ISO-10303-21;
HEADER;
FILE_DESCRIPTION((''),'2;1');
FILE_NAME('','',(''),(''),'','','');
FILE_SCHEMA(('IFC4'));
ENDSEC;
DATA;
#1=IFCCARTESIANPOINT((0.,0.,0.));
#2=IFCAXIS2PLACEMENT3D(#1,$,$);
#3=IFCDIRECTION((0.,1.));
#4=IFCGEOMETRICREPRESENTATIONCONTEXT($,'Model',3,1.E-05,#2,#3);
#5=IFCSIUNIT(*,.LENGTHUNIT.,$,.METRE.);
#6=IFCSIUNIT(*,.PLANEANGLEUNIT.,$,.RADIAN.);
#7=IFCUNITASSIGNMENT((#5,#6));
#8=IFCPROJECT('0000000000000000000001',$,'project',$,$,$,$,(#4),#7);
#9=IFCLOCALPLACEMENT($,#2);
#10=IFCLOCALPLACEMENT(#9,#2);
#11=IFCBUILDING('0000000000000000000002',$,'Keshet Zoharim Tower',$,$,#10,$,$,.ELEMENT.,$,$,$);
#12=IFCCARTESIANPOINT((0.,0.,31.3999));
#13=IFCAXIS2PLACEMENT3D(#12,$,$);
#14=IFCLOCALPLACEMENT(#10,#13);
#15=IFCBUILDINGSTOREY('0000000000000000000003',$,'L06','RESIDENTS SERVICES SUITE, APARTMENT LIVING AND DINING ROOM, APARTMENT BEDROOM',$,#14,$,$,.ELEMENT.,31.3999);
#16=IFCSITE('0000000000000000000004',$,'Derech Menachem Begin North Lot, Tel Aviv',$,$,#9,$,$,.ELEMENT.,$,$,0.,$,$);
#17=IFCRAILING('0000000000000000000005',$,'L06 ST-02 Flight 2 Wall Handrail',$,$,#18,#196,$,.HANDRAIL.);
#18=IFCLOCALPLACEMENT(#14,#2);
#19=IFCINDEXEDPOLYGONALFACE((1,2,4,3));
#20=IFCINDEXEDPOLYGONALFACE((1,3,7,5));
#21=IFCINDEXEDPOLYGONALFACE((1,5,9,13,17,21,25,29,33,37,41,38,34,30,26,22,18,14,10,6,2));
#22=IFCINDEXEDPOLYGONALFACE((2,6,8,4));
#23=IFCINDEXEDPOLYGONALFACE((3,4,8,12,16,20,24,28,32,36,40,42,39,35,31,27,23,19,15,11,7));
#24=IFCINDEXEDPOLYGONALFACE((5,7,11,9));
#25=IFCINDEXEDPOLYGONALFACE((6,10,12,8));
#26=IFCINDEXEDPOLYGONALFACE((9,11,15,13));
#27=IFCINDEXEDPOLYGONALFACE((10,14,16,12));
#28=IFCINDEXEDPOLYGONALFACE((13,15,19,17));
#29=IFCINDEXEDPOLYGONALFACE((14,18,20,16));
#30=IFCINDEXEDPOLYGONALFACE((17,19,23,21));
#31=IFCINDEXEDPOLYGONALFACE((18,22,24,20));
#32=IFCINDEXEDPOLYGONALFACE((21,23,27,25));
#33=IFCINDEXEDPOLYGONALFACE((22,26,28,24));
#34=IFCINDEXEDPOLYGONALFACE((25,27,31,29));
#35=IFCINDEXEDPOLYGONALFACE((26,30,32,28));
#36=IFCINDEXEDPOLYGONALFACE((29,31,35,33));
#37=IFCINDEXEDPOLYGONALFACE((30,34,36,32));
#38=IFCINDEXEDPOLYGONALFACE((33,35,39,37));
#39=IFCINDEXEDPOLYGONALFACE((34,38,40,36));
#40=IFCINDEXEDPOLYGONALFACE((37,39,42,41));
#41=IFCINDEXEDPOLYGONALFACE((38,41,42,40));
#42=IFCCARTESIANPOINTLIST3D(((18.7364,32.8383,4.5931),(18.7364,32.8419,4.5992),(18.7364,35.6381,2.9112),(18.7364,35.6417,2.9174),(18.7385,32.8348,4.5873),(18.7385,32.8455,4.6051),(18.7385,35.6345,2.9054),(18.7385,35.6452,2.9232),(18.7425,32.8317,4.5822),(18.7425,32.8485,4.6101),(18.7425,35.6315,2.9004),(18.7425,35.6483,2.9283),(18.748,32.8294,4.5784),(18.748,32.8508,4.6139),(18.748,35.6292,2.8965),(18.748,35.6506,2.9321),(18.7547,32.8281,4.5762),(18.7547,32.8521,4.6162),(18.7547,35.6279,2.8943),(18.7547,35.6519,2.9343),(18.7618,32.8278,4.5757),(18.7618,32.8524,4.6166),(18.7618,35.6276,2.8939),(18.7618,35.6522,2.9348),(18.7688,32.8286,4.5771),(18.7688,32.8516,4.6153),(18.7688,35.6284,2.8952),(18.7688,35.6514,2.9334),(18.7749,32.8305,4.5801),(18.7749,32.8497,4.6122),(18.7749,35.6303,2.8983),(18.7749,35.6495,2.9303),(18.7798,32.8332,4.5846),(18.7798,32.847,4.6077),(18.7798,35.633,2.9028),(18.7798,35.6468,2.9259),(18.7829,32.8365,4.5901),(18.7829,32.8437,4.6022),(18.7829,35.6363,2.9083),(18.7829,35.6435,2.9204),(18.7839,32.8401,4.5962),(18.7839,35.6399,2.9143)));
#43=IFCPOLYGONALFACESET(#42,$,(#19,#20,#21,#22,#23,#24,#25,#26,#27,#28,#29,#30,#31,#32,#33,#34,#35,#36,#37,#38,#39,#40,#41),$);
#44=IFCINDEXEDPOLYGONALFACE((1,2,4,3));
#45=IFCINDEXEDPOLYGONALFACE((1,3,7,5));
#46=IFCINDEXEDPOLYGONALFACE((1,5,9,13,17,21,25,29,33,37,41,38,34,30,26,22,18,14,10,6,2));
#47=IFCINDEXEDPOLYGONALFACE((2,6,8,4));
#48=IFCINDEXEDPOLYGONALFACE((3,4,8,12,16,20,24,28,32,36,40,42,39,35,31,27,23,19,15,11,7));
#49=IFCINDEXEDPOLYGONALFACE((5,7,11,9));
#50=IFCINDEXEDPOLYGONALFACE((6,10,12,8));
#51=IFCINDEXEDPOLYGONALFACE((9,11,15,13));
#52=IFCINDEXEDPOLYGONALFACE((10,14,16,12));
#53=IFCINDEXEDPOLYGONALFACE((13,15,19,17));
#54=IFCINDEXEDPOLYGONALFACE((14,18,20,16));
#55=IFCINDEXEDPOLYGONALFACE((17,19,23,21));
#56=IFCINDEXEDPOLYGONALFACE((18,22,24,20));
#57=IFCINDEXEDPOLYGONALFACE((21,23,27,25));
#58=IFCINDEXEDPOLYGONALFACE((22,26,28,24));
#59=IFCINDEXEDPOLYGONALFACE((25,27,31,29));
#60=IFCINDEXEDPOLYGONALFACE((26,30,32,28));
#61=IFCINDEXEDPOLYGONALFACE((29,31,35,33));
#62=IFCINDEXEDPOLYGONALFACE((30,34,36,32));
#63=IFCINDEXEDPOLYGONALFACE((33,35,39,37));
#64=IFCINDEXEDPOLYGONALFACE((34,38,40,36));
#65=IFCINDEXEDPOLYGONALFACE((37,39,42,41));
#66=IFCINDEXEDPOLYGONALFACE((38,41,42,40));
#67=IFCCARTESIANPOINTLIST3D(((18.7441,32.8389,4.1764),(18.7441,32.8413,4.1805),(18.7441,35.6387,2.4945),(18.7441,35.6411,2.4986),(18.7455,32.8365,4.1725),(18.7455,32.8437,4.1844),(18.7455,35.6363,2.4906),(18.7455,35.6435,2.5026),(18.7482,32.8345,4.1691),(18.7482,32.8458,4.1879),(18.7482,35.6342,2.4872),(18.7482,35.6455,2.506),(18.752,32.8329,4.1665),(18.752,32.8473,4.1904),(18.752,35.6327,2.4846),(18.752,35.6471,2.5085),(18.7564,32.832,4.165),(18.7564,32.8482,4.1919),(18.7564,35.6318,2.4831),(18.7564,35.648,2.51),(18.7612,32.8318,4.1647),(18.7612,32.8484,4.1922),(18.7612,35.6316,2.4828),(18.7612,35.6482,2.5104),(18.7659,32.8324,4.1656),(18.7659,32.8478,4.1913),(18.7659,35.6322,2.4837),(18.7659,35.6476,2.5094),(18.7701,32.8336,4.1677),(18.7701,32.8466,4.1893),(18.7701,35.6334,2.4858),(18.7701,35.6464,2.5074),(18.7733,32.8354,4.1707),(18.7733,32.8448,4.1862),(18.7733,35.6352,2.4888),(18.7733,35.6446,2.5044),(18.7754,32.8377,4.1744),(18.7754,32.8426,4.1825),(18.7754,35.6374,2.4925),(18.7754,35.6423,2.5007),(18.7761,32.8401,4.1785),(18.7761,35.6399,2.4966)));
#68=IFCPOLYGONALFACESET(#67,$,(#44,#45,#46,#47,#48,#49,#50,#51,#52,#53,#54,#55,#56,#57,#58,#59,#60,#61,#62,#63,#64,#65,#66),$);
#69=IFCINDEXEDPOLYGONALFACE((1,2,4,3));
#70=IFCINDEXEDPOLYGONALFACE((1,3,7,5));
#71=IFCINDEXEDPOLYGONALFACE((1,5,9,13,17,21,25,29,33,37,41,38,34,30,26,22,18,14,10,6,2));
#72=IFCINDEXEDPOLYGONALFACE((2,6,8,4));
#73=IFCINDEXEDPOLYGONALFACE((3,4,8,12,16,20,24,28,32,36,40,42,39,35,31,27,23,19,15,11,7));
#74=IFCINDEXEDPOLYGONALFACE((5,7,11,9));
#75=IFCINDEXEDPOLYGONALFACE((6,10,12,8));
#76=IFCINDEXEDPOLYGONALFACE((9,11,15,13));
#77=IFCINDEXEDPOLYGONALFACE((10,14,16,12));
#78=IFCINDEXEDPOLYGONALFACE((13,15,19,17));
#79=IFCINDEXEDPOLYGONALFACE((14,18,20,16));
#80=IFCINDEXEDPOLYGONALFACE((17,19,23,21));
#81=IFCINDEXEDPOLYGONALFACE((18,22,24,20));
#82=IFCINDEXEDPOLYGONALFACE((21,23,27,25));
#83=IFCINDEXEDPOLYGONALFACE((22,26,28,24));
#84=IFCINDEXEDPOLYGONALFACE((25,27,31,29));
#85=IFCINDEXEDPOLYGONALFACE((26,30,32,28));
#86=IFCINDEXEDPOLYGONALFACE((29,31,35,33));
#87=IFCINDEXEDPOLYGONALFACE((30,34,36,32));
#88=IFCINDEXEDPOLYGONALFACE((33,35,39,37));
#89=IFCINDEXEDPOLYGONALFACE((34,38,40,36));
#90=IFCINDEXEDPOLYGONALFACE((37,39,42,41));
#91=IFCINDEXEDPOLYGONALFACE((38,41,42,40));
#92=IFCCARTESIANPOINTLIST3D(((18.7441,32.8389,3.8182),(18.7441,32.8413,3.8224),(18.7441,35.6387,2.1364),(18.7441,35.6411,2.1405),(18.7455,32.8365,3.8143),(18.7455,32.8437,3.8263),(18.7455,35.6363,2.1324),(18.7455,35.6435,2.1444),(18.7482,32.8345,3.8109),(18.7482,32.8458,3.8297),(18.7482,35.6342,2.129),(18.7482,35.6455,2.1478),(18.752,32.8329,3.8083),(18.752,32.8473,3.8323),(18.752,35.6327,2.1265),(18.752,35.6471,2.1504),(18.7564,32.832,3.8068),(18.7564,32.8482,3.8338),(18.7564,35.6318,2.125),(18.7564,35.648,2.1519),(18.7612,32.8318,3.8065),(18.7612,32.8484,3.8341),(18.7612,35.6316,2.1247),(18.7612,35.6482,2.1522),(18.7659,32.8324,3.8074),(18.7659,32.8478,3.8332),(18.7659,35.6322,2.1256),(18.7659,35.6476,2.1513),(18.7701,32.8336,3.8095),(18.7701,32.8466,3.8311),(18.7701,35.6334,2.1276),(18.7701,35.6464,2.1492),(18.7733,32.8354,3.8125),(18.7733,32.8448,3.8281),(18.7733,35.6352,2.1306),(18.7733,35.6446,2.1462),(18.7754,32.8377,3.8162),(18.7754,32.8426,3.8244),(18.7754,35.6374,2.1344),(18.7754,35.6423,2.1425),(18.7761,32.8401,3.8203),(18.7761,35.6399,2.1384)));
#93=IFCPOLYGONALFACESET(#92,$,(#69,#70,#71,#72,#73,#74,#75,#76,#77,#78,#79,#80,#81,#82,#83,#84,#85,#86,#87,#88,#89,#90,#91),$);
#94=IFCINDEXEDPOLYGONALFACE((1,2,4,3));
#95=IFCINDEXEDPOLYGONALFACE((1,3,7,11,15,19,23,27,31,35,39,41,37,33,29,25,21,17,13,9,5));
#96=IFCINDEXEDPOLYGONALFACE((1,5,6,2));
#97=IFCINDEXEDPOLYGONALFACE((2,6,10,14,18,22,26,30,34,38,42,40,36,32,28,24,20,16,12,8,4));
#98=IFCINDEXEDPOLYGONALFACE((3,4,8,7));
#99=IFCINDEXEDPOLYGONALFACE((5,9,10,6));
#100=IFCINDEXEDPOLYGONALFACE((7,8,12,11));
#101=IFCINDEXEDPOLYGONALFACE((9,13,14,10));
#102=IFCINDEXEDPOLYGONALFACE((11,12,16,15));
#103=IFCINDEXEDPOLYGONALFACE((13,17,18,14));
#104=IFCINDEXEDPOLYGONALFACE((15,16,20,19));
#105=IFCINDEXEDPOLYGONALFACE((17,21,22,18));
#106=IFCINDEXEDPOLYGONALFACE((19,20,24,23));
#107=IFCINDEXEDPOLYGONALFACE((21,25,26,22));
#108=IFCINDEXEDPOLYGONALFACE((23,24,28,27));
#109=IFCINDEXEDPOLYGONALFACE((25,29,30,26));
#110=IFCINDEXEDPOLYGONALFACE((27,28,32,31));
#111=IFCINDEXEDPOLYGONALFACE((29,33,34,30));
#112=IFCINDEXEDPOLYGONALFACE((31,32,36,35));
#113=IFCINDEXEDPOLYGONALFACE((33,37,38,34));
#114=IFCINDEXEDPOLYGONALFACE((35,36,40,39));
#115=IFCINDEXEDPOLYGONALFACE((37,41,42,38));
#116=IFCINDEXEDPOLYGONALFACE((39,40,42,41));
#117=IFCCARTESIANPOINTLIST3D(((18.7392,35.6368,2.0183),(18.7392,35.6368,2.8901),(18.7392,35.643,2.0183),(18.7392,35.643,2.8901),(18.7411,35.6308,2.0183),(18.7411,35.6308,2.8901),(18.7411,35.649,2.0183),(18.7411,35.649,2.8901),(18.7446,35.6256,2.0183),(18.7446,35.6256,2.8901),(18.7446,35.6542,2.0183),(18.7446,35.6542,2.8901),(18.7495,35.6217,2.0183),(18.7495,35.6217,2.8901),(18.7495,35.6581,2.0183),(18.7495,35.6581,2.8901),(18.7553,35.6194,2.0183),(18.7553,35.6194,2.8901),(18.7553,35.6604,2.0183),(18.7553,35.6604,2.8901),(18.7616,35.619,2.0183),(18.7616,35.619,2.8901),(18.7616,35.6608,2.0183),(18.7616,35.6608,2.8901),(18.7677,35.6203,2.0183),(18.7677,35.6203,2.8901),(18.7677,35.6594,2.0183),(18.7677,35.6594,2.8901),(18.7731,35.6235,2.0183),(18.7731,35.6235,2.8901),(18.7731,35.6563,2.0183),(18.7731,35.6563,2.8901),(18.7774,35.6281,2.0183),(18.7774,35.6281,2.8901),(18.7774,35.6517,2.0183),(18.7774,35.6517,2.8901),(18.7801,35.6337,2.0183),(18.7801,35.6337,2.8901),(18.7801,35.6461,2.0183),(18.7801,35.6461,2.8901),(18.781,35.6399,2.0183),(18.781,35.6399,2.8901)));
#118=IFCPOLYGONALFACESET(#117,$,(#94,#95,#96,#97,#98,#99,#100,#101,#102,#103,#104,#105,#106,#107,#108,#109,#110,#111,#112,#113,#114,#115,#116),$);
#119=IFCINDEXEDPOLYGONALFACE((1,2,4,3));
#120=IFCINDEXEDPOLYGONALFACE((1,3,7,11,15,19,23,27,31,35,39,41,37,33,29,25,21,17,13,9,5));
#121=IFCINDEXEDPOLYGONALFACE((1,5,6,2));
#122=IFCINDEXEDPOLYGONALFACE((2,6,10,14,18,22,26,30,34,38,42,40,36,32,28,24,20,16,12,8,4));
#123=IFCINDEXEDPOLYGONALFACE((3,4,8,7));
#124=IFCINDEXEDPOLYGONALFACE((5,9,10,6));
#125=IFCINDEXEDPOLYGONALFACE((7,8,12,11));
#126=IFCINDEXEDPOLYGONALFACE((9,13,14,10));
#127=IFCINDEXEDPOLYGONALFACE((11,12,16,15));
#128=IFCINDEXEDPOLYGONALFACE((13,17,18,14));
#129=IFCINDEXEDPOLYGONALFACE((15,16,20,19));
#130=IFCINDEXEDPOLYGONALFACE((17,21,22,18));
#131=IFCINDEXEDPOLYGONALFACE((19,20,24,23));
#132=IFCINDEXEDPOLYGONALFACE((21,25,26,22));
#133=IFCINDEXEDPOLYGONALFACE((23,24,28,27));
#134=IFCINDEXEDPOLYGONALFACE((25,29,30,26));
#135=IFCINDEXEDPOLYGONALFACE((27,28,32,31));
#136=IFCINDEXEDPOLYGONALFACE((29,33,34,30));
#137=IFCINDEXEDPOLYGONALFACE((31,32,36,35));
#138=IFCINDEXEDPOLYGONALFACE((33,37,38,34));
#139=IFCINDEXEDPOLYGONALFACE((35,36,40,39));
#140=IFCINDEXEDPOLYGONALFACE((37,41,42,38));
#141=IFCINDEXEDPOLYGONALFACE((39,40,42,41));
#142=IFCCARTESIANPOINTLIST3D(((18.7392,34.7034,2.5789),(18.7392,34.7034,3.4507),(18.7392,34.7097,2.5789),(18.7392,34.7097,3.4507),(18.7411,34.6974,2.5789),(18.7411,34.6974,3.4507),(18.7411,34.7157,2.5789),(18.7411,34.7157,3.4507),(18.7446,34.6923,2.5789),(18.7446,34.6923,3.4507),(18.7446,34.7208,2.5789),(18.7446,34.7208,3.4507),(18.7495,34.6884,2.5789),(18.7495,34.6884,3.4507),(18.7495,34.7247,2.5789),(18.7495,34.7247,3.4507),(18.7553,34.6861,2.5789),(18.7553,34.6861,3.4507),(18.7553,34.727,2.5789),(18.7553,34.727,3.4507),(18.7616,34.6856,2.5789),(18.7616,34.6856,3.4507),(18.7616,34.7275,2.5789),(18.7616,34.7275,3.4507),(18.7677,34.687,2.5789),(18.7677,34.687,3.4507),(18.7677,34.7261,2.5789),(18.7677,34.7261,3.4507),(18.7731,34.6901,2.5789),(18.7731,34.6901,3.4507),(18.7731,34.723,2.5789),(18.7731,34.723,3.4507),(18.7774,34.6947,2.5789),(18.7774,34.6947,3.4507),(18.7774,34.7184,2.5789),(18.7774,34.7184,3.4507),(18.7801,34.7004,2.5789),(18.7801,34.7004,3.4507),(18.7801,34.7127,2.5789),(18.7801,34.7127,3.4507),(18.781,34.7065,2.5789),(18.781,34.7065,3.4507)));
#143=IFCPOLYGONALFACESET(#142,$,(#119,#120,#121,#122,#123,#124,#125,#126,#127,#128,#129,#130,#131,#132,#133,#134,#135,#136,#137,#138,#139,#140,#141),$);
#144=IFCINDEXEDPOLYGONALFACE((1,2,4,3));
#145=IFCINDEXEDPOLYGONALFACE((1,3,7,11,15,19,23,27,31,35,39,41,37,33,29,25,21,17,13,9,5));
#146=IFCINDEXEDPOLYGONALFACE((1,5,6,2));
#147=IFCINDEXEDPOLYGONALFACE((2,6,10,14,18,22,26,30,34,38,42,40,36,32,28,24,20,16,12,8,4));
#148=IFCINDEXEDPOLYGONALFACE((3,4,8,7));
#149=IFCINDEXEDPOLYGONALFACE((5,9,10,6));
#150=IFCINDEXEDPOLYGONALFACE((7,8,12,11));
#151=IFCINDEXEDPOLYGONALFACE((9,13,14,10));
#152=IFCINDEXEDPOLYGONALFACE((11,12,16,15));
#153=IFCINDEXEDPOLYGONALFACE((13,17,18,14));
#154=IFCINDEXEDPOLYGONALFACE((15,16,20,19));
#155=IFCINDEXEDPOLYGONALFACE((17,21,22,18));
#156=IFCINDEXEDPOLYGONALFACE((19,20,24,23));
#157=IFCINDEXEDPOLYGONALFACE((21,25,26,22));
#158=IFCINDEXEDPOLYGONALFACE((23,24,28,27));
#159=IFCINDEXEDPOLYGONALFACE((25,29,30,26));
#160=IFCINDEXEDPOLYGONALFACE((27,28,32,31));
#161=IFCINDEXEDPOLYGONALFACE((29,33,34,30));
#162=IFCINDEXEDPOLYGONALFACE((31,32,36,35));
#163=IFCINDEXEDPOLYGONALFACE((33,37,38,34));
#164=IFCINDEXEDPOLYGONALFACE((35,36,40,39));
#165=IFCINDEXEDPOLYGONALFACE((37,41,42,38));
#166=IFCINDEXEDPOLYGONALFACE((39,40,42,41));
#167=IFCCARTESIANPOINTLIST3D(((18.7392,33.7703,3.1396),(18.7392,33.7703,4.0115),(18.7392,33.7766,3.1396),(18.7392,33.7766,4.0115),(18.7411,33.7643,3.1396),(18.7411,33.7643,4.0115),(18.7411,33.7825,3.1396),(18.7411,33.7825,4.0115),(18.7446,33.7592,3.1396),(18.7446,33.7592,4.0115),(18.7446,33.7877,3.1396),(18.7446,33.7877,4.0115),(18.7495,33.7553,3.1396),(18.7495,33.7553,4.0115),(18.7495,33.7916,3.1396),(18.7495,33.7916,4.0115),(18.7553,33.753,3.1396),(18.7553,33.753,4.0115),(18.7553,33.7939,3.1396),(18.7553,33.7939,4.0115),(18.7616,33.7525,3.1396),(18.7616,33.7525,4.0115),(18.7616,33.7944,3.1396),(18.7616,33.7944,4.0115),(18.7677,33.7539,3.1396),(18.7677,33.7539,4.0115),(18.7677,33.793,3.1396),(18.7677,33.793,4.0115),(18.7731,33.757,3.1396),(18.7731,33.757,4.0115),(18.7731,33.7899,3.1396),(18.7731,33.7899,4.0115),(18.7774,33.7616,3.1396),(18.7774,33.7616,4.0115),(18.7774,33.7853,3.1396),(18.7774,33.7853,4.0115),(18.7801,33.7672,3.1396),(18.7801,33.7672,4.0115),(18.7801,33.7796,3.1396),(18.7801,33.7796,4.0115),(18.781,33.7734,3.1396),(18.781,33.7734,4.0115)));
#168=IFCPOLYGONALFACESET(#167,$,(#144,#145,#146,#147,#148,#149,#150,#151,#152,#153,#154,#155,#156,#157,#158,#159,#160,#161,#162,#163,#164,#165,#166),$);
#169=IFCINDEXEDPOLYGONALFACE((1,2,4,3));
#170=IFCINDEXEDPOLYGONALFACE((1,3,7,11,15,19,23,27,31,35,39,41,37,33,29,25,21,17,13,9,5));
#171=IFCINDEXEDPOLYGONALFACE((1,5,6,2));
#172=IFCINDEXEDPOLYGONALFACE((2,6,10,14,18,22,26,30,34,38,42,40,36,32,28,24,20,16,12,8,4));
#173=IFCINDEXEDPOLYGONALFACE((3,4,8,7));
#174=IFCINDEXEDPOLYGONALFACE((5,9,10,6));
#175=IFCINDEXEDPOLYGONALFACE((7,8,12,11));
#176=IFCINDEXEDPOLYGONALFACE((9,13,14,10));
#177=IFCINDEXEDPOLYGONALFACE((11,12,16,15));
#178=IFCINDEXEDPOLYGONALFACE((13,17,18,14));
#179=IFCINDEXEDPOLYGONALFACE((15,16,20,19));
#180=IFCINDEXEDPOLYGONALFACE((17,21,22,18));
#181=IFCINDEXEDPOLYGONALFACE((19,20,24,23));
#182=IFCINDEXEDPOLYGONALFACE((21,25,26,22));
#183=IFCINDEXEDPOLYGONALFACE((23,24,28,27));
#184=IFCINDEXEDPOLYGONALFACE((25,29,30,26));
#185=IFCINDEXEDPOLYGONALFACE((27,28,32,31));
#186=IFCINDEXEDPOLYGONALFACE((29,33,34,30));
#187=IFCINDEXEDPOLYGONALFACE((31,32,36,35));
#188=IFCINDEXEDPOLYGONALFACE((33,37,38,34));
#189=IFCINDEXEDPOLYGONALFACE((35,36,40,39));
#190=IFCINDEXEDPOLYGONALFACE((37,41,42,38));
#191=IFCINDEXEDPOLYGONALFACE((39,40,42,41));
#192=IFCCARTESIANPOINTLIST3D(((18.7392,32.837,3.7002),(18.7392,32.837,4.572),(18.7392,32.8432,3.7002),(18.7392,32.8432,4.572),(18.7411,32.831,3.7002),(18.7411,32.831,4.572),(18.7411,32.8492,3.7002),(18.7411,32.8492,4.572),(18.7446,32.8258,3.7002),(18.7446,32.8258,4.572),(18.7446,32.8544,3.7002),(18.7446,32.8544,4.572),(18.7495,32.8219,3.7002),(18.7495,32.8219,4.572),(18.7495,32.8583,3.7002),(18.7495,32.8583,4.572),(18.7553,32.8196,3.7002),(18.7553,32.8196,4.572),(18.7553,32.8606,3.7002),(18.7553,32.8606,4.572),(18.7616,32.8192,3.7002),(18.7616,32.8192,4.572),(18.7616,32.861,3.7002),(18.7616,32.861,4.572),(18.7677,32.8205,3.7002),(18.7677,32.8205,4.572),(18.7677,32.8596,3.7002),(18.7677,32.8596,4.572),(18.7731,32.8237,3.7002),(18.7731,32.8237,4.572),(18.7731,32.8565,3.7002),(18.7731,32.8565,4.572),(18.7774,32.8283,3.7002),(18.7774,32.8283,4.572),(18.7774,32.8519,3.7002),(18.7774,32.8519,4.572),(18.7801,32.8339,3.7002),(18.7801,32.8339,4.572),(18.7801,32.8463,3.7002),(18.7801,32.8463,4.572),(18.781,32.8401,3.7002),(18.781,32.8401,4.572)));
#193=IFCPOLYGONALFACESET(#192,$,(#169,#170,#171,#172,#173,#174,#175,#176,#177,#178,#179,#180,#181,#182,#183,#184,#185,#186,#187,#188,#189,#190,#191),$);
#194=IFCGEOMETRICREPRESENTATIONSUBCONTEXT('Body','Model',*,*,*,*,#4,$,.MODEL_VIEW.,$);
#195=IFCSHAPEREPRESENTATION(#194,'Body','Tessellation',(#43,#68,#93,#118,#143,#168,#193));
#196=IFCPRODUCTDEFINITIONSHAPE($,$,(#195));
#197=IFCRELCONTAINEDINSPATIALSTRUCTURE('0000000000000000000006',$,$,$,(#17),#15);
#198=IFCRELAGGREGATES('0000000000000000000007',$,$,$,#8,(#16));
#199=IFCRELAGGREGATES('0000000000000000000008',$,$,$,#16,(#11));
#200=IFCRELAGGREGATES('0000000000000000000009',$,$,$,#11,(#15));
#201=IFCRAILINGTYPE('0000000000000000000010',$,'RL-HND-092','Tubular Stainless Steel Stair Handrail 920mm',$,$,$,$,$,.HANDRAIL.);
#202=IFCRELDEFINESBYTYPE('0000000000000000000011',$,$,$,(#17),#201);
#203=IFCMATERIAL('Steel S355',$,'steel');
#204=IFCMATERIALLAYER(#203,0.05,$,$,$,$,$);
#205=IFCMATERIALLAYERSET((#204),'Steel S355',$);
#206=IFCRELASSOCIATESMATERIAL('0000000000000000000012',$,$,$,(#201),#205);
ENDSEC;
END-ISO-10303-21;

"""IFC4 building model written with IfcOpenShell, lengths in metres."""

from ifc_helpers import new_model, si_unit, direction, frame, origin, origin_2d, place, context, subcontext, project, spatial, circle, extrude, material, layer, layer_set, type_object, element, save


model = new_model("IFC4")

# Units and contexts
model_context = context("Model", 3, precision=1e-05, world=origin(), true_north=direction((0.0, 1.0)))
body_context = subcontext(model_context, "Body", "Model", "MODEL_VIEW")
ifc_project = project(units=[si_unit("LENGTHUNIT", "METRE"), si_unit("PLANEANGLEUNIT", "RADIAN")], contexts=[model_context])

# Site, building, storey
site_placement = place(None, origin())
site = spatial("IfcSite", under=ifc_project, at=site_placement, Name="Derech Menachem Begin North Lot, Tel Aviv", CompositionType="ELEMENT", RefElevation=0.0)
building_placement = place(site_placement, origin())
building = spatial("IfcBuilding", under=site, at=building_placement, Name="Keshet Zoharim Tower", CompositionType="ELEMENT")
storey_placement = place(building_placement, frame((0.0, 0.0, 31.3999)))
storey = spatial("IfcBuildingStorey", under=building, at=storey_placement, Name="L06", Description="RESIDENTS SERVICES SUITE, APARTMENT LIVING AND DINING ROOM, APARTMENT BEDROOM", CompositionType="ELEMENT", Elevation=31.3999)

# Railing
ifc_material_1 = material(Name="Steel S355", Category="steel")
ifc_layer_1 = layer(ifc_material_1, 0.05)
ifc_layer_set_1 = layer_set([ifc_layer_1], Name="Steel S355")
railing_type_1 = type_object("IfcRailingType", Name="RL-HND-092", Description="Tubular Stainless Steel Stair Handrail 920mm", PredefinedType="HANDRAIL", material=ifc_layer_set_1)
railing_1_placement = place(storey_placement, frame((18.76, 35.6399, 2.0183)))
element("IfcRailing", 1, at=railing_1_placement, inside=storey, type_object=railing_type_1, Name="L06 ST-02 Flight 2 Wall Handrail", PredefinedType="HANDRAIL", context=body_context, shape_type="SweptSolid", body=[
    extrude(circle(Radius=0.0239, at=origin_2d()), frame((0.0, 0.0, 0.896), z_axis=(0.0, -0.857222, 0.514946), x_axis=(1.0, 0.0, 0.0)), (0.0, 0.0, 1.0), 3.2661),
    extrude(circle(Radius=0.0161, at=origin_2d()), frame((0.0, 0.0, 0.4783), z_axis=(0.0, -0.857222, 0.514946), x_axis=(1.0, 0.0, 0.0)), (0.0, 0.0, 1.0), 3.2661),
    extrude(circle(Radius=0.0161, at=origin_2d()), frame((0.0, 0.0, 0.1201), z_axis=(0.0, -0.857222, 0.514946), x_axis=(1.0, 0.0, 0.0)), (0.0, 0.0, 1.0), 3.2661),
    extrude(circle(Radius=0.021, at=origin_2d()), origin(), (0.0, 0.0, 1.0), 0.8718),
    extrude(circle(Radius=0.021, at=origin_2d()), frame((0.0, -0.9333, 0.5605)), (0.0, 0.0, 1.0), 0.8718),
    extrude(circle(Radius=0.021, at=origin_2d()), frame((0.0, -1.8665, 1.1213)), (0.0, 0.0, 1.0), 0.8718),
    extrude(circle(Radius=0.021, at=origin_2d()), frame((0.0, -2.7998, 1.6819)), (0.0, 0.0, 1.0), 0.8718),
])

save(model, "model.ifc")
